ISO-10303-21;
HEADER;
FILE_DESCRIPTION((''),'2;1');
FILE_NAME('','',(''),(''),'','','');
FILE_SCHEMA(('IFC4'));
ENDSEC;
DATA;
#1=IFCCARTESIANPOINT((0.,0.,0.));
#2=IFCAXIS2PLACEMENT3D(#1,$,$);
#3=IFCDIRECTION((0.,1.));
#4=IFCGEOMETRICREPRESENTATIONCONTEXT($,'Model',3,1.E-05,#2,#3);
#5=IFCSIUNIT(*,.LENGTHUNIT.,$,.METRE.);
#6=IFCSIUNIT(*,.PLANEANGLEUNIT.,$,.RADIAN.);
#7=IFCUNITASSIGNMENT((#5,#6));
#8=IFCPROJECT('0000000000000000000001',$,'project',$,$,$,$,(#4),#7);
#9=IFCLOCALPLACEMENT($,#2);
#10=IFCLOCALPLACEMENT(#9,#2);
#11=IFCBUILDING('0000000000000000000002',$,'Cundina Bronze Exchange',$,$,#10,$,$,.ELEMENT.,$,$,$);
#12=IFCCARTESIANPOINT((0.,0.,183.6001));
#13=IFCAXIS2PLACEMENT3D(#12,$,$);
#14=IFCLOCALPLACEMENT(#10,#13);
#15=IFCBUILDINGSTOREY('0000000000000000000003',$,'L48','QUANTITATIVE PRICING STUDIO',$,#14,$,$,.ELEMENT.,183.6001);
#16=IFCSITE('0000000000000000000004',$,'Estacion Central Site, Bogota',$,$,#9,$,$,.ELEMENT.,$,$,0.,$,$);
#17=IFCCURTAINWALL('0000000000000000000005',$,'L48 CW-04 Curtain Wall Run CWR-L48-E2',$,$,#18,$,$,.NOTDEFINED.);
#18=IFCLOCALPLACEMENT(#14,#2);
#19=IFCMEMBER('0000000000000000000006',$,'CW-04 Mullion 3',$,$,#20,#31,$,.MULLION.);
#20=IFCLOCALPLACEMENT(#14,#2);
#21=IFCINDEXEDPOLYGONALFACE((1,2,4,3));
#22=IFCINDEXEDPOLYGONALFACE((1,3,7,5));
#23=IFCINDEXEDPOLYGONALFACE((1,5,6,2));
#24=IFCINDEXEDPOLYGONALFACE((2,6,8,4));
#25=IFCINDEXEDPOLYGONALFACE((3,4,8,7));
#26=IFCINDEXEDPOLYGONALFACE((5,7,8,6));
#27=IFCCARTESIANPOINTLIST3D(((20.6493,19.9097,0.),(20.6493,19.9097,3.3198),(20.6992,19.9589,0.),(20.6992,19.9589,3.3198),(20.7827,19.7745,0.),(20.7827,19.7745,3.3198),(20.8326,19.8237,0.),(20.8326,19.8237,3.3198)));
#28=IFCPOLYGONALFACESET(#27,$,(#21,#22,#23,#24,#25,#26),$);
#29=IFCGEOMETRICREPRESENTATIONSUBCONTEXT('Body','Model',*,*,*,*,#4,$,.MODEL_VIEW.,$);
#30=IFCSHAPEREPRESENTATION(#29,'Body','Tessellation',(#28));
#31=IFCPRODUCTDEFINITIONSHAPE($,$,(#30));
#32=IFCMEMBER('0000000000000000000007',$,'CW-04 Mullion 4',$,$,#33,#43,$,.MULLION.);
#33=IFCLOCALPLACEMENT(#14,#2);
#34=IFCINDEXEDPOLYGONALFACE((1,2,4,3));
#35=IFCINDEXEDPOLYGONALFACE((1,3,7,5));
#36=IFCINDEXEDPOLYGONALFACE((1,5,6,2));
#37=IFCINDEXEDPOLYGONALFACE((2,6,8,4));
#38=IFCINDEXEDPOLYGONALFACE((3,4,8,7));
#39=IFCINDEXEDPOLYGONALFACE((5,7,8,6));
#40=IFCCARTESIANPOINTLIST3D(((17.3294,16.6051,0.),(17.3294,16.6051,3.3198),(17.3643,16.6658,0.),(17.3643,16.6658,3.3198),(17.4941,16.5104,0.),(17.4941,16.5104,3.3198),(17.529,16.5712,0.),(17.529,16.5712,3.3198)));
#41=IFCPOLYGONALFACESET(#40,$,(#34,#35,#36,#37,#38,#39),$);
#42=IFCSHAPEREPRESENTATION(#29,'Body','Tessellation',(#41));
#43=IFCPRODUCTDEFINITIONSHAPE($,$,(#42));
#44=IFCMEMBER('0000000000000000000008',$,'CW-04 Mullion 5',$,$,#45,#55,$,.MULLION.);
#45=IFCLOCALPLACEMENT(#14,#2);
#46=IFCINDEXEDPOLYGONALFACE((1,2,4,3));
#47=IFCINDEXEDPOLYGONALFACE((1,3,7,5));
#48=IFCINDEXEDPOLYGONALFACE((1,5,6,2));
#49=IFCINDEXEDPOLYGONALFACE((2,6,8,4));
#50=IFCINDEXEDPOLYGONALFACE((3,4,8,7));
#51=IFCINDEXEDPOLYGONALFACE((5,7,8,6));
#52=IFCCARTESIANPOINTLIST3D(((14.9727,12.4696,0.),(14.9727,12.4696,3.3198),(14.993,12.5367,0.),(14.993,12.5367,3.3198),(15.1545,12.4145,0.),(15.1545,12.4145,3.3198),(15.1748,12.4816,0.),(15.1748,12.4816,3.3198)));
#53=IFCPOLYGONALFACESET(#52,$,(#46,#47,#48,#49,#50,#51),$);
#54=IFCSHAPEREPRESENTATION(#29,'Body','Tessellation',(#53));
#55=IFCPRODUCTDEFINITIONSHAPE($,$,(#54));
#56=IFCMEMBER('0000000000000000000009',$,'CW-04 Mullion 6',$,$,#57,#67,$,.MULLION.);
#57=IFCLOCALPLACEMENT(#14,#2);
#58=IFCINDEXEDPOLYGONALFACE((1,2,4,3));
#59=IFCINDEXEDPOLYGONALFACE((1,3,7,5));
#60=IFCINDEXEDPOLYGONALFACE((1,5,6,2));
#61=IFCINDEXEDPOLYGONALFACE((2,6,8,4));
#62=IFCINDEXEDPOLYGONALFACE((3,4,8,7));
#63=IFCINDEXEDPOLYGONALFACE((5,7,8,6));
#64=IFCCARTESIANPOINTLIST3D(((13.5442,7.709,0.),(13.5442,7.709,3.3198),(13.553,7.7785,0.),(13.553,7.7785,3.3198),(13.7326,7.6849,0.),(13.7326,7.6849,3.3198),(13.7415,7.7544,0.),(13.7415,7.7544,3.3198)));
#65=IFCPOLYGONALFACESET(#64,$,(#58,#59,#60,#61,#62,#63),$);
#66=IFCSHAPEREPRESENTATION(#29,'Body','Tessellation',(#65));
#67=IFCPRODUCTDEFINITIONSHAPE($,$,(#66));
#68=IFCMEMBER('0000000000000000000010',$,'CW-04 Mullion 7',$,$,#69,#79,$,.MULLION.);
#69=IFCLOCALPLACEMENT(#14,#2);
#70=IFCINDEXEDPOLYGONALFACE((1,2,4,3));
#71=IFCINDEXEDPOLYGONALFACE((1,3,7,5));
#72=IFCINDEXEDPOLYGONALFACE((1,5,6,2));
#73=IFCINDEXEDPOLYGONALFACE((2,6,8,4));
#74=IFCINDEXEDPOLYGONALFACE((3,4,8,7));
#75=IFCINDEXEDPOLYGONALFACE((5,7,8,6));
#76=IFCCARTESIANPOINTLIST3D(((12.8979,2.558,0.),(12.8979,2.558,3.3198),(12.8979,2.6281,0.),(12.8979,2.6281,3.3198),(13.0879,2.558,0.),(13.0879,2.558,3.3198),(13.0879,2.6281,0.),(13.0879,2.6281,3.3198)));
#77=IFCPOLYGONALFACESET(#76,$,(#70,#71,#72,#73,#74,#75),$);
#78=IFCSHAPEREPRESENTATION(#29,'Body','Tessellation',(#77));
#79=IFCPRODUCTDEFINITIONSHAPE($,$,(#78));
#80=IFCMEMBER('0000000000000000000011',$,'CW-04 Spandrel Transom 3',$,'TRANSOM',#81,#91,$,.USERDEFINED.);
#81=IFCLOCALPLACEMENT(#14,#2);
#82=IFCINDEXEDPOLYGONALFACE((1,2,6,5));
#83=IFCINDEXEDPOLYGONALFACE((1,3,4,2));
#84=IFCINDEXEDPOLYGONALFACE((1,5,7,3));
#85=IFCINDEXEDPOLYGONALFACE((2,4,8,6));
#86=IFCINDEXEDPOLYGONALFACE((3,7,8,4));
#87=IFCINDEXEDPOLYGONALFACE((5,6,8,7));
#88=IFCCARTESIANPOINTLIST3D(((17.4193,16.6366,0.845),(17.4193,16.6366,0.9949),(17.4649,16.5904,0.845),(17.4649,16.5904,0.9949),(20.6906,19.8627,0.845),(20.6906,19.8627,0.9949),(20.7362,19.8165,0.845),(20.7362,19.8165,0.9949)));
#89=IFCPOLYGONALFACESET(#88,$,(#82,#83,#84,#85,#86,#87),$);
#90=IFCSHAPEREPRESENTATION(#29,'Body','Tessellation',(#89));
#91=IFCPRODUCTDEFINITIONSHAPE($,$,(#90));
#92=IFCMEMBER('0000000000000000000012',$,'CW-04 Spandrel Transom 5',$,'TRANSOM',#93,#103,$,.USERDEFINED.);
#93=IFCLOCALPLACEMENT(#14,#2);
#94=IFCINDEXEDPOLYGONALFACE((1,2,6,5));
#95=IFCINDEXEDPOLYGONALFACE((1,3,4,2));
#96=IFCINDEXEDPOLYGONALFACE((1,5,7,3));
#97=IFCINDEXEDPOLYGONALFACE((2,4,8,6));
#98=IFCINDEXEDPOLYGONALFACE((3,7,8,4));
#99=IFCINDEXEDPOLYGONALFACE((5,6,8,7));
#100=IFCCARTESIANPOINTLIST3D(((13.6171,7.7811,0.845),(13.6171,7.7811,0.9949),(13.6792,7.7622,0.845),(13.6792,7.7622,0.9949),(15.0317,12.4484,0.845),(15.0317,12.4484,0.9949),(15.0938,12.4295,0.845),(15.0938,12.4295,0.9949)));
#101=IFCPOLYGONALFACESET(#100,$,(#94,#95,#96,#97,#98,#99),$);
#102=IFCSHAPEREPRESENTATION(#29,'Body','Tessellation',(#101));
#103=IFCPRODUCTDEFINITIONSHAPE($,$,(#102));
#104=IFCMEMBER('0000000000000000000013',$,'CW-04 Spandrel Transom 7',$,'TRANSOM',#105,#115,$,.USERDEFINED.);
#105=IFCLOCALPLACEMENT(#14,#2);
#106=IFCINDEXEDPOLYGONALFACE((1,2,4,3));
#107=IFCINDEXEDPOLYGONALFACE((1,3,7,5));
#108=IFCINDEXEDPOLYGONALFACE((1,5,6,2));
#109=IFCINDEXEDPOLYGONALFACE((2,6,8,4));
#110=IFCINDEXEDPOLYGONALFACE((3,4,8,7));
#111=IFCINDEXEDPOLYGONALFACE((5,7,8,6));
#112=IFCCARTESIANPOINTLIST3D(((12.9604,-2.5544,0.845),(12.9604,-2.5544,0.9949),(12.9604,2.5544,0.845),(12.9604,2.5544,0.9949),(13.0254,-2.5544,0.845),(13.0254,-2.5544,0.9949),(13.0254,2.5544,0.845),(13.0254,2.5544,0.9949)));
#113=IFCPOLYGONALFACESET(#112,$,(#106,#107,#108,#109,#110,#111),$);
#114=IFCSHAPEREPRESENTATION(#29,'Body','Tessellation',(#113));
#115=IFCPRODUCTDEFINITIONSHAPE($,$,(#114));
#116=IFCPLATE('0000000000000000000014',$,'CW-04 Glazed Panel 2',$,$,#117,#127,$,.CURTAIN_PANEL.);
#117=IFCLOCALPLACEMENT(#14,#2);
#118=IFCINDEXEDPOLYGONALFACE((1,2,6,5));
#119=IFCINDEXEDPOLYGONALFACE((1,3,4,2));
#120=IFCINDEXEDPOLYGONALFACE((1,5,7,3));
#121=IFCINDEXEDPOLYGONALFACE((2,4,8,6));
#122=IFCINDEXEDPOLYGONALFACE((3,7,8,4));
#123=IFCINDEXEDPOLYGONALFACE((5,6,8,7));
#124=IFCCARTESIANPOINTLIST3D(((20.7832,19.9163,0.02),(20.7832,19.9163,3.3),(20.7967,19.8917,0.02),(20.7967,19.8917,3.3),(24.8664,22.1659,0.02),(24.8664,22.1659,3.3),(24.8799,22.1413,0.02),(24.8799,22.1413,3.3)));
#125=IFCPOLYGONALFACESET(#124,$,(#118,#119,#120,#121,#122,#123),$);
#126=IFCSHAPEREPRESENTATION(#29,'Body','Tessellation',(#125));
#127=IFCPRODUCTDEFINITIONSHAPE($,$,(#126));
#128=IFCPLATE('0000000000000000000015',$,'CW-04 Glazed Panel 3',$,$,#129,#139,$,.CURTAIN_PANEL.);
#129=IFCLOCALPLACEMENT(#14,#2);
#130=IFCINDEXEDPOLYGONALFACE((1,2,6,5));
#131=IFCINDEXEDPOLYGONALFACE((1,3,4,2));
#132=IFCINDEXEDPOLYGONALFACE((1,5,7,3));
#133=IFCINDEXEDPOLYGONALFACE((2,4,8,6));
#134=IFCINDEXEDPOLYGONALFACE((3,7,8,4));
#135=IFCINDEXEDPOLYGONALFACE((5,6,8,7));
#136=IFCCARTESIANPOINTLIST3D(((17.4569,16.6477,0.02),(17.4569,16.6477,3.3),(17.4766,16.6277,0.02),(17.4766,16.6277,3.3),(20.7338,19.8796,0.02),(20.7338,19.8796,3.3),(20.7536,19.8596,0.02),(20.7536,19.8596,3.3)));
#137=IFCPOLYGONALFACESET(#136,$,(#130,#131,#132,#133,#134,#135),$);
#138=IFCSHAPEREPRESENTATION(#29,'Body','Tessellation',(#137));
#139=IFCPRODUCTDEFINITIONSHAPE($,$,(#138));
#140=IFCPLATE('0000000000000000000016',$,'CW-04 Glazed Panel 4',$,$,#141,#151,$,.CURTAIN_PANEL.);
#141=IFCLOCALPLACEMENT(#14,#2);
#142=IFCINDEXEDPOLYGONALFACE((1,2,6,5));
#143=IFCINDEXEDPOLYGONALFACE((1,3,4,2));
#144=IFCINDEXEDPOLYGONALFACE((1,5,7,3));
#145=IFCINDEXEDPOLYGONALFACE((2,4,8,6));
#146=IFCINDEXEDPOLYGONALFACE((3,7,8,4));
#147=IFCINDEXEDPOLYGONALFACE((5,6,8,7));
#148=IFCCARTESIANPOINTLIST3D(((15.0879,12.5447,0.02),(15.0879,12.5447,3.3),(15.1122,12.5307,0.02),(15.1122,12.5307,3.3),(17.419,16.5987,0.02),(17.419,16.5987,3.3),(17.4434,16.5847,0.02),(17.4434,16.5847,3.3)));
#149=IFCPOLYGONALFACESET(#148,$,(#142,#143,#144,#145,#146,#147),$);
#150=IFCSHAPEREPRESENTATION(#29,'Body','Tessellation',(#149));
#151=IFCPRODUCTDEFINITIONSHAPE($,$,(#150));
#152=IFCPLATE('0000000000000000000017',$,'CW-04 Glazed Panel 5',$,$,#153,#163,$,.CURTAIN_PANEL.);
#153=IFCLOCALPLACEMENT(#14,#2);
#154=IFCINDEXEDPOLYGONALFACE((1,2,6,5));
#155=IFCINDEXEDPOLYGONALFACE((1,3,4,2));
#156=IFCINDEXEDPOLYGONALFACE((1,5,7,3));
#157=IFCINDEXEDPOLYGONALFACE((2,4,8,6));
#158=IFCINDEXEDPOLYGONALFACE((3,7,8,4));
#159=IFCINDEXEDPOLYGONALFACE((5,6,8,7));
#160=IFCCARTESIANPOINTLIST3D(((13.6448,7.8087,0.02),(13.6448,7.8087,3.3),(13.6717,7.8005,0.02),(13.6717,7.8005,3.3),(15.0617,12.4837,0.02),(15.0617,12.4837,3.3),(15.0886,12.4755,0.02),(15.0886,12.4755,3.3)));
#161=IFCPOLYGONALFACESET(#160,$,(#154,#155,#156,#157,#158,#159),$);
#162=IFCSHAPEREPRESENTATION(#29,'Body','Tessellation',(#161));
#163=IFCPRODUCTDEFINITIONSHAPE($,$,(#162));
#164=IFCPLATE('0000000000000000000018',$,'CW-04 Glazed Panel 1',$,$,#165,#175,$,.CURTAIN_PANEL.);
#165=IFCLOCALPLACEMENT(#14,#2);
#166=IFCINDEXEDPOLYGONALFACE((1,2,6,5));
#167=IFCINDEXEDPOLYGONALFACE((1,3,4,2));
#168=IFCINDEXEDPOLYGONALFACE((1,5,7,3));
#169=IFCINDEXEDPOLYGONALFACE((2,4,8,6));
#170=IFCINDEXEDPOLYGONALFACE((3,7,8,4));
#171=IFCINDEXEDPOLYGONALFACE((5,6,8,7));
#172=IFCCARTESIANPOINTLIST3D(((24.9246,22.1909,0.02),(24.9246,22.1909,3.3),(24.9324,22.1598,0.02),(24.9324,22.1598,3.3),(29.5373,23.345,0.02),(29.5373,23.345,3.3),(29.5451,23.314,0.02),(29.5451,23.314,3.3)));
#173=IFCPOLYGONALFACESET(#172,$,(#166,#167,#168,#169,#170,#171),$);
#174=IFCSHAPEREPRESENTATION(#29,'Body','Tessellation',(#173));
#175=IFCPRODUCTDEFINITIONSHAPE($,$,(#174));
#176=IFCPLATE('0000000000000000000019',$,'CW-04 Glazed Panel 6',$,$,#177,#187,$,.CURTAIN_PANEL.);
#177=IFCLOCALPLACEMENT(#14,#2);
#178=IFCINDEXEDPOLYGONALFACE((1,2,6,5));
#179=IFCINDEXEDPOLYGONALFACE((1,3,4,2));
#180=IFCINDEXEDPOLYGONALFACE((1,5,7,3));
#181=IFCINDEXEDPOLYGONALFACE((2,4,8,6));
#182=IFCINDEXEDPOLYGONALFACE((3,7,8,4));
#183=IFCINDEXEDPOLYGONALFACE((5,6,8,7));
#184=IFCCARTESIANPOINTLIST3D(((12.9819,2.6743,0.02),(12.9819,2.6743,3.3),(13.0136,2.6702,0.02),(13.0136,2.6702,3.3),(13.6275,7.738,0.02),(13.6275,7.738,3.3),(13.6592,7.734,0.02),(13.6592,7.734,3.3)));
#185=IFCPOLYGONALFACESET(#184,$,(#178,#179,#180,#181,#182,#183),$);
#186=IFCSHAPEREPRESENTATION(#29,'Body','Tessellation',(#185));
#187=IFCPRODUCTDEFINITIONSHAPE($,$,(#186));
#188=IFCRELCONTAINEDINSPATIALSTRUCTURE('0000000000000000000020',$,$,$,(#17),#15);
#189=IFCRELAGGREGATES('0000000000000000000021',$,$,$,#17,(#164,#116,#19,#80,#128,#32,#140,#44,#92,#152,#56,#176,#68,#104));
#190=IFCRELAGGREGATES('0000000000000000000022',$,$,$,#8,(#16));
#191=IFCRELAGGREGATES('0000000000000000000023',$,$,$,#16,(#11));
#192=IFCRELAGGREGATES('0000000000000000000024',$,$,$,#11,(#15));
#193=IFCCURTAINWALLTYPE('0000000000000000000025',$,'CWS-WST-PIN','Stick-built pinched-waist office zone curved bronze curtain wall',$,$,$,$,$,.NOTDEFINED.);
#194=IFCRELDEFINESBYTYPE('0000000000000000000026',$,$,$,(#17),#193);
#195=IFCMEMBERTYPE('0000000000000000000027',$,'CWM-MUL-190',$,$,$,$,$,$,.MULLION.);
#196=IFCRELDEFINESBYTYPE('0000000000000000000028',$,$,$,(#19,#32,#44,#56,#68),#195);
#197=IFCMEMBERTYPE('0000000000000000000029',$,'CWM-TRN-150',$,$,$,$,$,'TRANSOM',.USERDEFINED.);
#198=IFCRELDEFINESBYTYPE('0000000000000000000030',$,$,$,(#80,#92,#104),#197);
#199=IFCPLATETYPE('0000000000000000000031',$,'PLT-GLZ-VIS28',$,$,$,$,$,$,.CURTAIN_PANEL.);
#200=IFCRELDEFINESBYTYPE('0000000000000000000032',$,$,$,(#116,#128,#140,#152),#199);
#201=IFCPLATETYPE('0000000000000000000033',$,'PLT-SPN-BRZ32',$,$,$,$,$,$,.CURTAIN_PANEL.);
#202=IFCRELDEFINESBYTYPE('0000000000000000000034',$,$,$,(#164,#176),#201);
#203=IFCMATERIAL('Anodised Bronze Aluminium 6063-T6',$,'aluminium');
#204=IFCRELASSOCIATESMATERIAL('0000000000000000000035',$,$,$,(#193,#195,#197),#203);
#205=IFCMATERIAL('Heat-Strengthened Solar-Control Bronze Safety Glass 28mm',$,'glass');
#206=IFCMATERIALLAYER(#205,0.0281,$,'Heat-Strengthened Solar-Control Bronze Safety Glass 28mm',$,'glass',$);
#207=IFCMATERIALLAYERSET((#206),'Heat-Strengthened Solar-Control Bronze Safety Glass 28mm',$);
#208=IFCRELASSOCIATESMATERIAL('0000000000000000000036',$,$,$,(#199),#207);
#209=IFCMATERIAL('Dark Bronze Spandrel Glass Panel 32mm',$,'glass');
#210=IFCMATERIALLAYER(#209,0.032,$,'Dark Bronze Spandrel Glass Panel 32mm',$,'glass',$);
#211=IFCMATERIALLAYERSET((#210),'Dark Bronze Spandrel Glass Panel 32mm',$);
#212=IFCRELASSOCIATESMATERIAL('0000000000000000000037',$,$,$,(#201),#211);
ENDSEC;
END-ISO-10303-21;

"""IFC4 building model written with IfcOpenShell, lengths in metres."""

from ifc_helpers import new_model, si_unit, direction, frame, origin, origin_2d, place, context, subcontext, project, spatial, rectangle, extrude, material, layer, layer_set, material_profile, profile_set, type_object, element, aggregate, save


model = new_model("IFC4")

# Units and contexts
model_context = context("Model", 3, precision=1e-05, world=origin(), true_north=direction((0.0, 1.0)))
body_context = subcontext(model_context, "Body", "Model", "MODEL_VIEW")
ifc_project = project(units=[si_unit("LENGTHUNIT", "METRE"), si_unit("PLANEANGLEUNIT", "RADIAN")], contexts=[model_context])

# Site, building, storey
site_placement = place(None, origin())
site = spatial("IfcSite", under=ifc_project, at=site_placement, Name="Estacion Central Site, Bogota", CompositionType="ELEMENT", RefElevation=0.0)
building_placement = place(site_placement, origin())
building = spatial("IfcBuilding", under=site, at=building_placement, Name="Cundina Bronze Exchange", CompositionType="ELEMENT")
storey_placement = place(building_placement, frame((0.0, 0.0, 183.6001)))
storey = spatial("IfcBuildingStorey", under=building, at=storey_placement, Name="L48", Description="QUANTITATIVE PRICING STUDIO", CompositionType="ELEMENT", Elevation=183.6001)

# Curtain wall, members, plates
ifc_material_1 = material(Name="Anodised Bronze Aluminium 6063-T6", Category="aluminium")
curtain_wall_type = type_object("IfcCurtainWallType", Name="CWS-WST-PIN", Description="Stick-built pinched-waist office zone curved bronze curtain wall", PredefinedType="NOTDEFINED", material=ifc_material_1)
curtain_wall_placement = place(storey_placement, origin())
curtain_wall = element("IfcCurtainWall", 1, at=curtain_wall_placement, inside=storey, type_object=curtain_wall_type, Name="L48 CW-04 Curtain Wall Run CWR-L48-E2", PredefinedType="NOTDEFINED")
ifc_material_profile_1 = material_profile(ifc_material_1, rectangle(XDim=0.0701, YDim=0.1899, at=origin_2d()), Name="AL70X190", Category="aluminium")
ifc_profile_set_1 = profile_set([ifc_material_profile_1], Name="Anodised Bronze Aluminium 6063-T6")
member_type_1 = type_object("IfcMemberType", Name="CWM-MUL-190", PredefinedType="MULLION", material=ifc_profile_set_1)
member_1_placement = place(storey_placement, frame((20.741, 19.8667, 0.0), z_axis=(0.0, 0.0, 1.0), x_axis=(-0.712026, -0.702153, 0.0)))
member_1 = element("IfcMember", 2, at=member_1_placement, type_object=member_type_1, Name="CW-04 Mullion 3", PredefinedType="MULLION", context=body_context, shape_type="SweptSolid", body=[
    extrude(rectangle(XDim=0.0701, YDim=0.1899, at=origin_2d()), origin(), (0.0, 0.0, 1.0), 3.3198),
])
member_2_placement = place(storey_placement, frame((17.4292, 16.5881, 0.0), z_axis=(0.0, 0.0, 1.0), x_axis=(-0.498488, -0.866897, 0.0)))
member_2 = element("IfcMember", 3, at=member_2_placement, type_object=member_type_1, Name="CW-04 Mullion 4", PredefinedType="MULLION", context=body_context, shape_type="SweptSolid", body=[
    extrude(rectangle(XDim=0.0701, YDim=0.1899, at=origin_2d()), origin(), (0.0, 0.0, 1.0), 3.3198),
])
member_3_placement = place(storey_placement, frame((15.0737, 12.4756, 0.0), z_axis=(0.0, 0.0, 1.0), x_axis=(-0.290034, -0.957016, 0.0)))
member_3 = element("IfcMember", 4, at=member_3_placement, type_object=member_type_1, Name="CW-04 Mullion 5", PredefinedType="MULLION", context=body_context, shape_type="SweptSolid", body=[
    extrude(rectangle(XDim=0.0701, YDim=0.1899, at=origin_2d()), origin(), (0.0, 0.0, 1.0), 3.3198),
])
member_4_placement = place(storey_placement, frame((13.6428, 7.7317, 0.0), z_axis=(0.0, 0.0, 1.0), x_axis=(-0.126545, -0.991961, 0.0)))
member_4 = element("IfcMember", 5, at=member_4_placement, type_object=member_type_1, Name="CW-04 Mullion 6", PredefinedType="MULLION", context=body_context, shape_type="SweptSolid", body=[
    extrude(rectangle(XDim=0.0701, YDim=0.1899, at=origin_2d()), origin(), (0.0, 0.0, 1.0), 3.3198),
])
member_5_placement = place(storey_placement, frame((12.9929, 2.593, 0.0), z_axis=(0.0, 0.0, 1.0), x_axis=(0.0, -1.0, 0.0)))
member_5 = element("IfcMember", 6, at=member_5_placement, type_object=member_type_1, Name="CW-04 Mullion 7", PredefinedType="MULLION", context=body_context, shape_type="SweptSolid", body=[
    extrude(rectangle(XDim=0.0701, YDim=0.1899, at=origin_2d()), origin(), (0.0, 0.0, 1.0), 3.3198),
])
ifc_material_profile_2 = material_profile(ifc_material_1, rectangle(XDim=0.0649, YDim=0.1499, at=origin_2d()), Name="AL65X150", Category="aluminium")
ifc_profile_set_2 = profile_set([ifc_material_profile_2], Name="Anodised Bronze Aluminium 6063-T6")
member_type_2 = type_object("IfcMemberType", Name="CWM-TRN-150", ElementType="TRANSOM", PredefinedType="USERDEFINED", material=ifc_profile_set_2)
member_6_placement = place(storey_placement, frame((20.7134, 19.8396, 0.9199), z_axis=(-0.712005, -0.702174, 0.0), x_axis=(0.702174, -0.712005, 0.0)))
member_6 = element("IfcMember", 7, at=member_6_placement, type_object=member_type_2, Name="CW-04 Spandrel Transom 3", ObjectType="TRANSOM", PredefinedType="USERDEFINED", context=body_context, shape_type="SweptSolid", body=[
    extrude(rectangle(XDim=0.0649, YDim=0.1499, at=origin_2d()), origin(), (0.0, 0.0, 1.0), 4.5945),
])
member_7_placement = place(storey_placement, frame((15.0627, 12.439, 0.9199), z_axis=(-0.290052, -0.957011, 0.0), x_axis=(0.957011, -0.290052, 0.0)))
member_7 = element("IfcMember", 8, at=member_7_placement, type_object=member_type_2, Name="CW-04 Spandrel Transom 5", ObjectType="TRANSOM", PredefinedType="USERDEFINED", context=body_context, shape_type="SweptSolid", body=[
    extrude(rectangle(XDim=0.0649, YDim=0.1499, at=origin_2d()), origin(), (0.0, 0.0, 1.0), 4.877),
])
member_8_placement = place(storey_placement, frame((12.9929, 2.5544, 0.9199), z_axis=(0.0, -1.0, 0.0), x_axis=(1.0, 0.0, 0.0)))
member_8 = element("IfcMember", 9, at=member_8_placement, type_object=member_type_2, Name="CW-04 Spandrel Transom 7", ObjectType="TRANSOM", PredefinedType="USERDEFINED", context=body_context, shape_type="SweptSolid", body=[
    extrude(rectangle(XDim=0.0649, YDim=0.1499, at=origin_2d()), origin(), (0.0, 0.0, 1.0), 5.1089),
])
ifc_material_2 = material(Name="Heat-Strengthened Solar-Control Bronze Safety Glass 28mm", Category="glass")
ifc_layer_1 = layer(ifc_material_2, 0.0281, Name="Heat-Strengthened Solar-Control Bronze Safety Glass 28mm", Category="glass")
ifc_layer_set_1 = layer_set([ifc_layer_1], Name="Heat-Strengthened Solar-Control Bronze Safety Glass 28mm")
plate_type_1 = type_object("IfcPlateType", Name="PLT-GLZ-VIS28", PredefinedType="CURTAIN_PANEL", material=ifc_layer_set_1)
plate_1_placement = place(storey_placement, frame((22.8315, 21.0288, 0.02), z_axis=(0.0, 0.0, 1.0), x_axis=(-0.875869, -0.482549, 0.0)))
plate_1 = element("IfcPlate", 10, at=plate_1_placement, type_object=plate_type_1, Name="CW-04 Glazed Panel 2", PredefinedType="CURTAIN_PANEL", context=body_context, shape_type="SweptSolid", body=[
    extrude(rectangle(XDim=4.6619, YDim=0.0281, at=origin_2d()), origin(), (0.0, 0.0, 1.0), 3.28),
])
plate_2_placement = place(storey_placement, frame((19.1052, 18.2537, 0.02), z_axis=(0.0, 0.0, 1.0), x_axis=(-0.711989, -0.70219, 0.0)))
plate_2 = element("IfcPlate", 11, at=plate_2_placement, type_object=plate_type_1, Name="CW-04 Glazed Panel 3", PredefinedType="CURTAIN_PANEL", context=body_context, shape_type="SweptSolid", body=[
    extrude(rectangle(XDim=4.6025, YDim=0.0281, at=origin_2d()), origin(), (0.0, 0.0, 1.0), 3.28),
])
plate_3_placement = place(storey_placement, frame((16.2656, 14.5647, 0.02), z_axis=(0.0, 0.0, 1.0), x_axis=(-0.498488, -0.866897, 0.0)))
plate_3 = element("IfcPlate", 12, at=plate_3_placement, type_object=plate_type_1, Name="CW-04 Glazed Panel 4", PredefinedType="CURTAIN_PANEL", context=body_context, shape_type="SweptSolid", body=[
    extrude(rectangle(XDim=4.6765, YDim=0.0281, at=origin_2d()), origin(), (0.0, 0.0, 1.0), 3.28),
])
plate_4_placement = place(storey_placement, frame((14.3667, 10.1421, 0.02), z_axis=(0.0, 0.0, 1.0), x_axis=(-0.290051, -0.957011, 0.0)))
plate_4 = element("IfcPlate", 13, at=plate_4_placement, type_object=plate_type_1, Name="CW-04 Glazed Panel 5", PredefinedType="CURTAIN_PANEL", context=body_context, shape_type="SweptSolid", body=[
    extrude(rectangle(XDim=4.885, YDim=0.0281, at=origin_2d()), origin(), (0.0, 0.0, 1.0), 3.28),
])
ifc_material_3 = material(Name="Dark Bronze Spandrel Glass Panel 32mm", Category="glass")
ifc_layer_2 = layer(ifc_material_3, 0.032, Name="Dark Bronze Spandrel Glass Panel 32mm", Category="glass")
ifc_layer_set_2 = layer_set([ifc_layer_2], Name="Dark Bronze Spandrel Glass Panel 32mm")
plate_type_2 = type_object("IfcPlateType", Name="PLT-SPN-BRZ32", PredefinedType="CURTAIN_PANEL", material=ifc_layer_set_2)
plate_5_placement = place(storey_placement, frame((27.2349, 22.7524, 0.02), z_axis=(0.0, 0.0, 1.0), x_axis=(-0.970093, -0.242735, 0.0)))
plate_5 = element("IfcPlate", 14, at=plate_5_placement, type_object=plate_type_2, Name="CW-04 Glazed Panel 1", PredefinedType="CURTAIN_PANEL", context=body_context, shape_type="SweptSolid", body=[
    extrude(rectangle(XDim=4.7549, YDim=0.032, at=origin_2d()), origin(), (0.0, 0.0, 1.0), 3.28),
])
plate_6_placement = place(storey_placement, frame((13.3206, 5.2041, 0.02), z_axis=(0.0, 0.0, 1.0), x_axis=(-0.126476, -0.99197, 0.0)))
plate_6 = element("IfcPlate", 15, at=plate_6_placement, type_object=plate_type_2, Name="CW-04 Glazed Panel 6", PredefinedType="CURTAIN_PANEL", context=body_context, shape_type="SweptSolid", body=[
    extrude(rectangle(XDim=5.1047, YDim=0.032, at=origin_2d()), origin(), (0.0, 0.0, 1.0), 3.28),
])
aggregate(curtain_wall, [plate_5, plate_1, member_1, member_6, plate_2, member_2, plate_3, member_3, member_7, plate_4, member_4, plate_6, member_5, member_8])

save(model, "model.ifc")
